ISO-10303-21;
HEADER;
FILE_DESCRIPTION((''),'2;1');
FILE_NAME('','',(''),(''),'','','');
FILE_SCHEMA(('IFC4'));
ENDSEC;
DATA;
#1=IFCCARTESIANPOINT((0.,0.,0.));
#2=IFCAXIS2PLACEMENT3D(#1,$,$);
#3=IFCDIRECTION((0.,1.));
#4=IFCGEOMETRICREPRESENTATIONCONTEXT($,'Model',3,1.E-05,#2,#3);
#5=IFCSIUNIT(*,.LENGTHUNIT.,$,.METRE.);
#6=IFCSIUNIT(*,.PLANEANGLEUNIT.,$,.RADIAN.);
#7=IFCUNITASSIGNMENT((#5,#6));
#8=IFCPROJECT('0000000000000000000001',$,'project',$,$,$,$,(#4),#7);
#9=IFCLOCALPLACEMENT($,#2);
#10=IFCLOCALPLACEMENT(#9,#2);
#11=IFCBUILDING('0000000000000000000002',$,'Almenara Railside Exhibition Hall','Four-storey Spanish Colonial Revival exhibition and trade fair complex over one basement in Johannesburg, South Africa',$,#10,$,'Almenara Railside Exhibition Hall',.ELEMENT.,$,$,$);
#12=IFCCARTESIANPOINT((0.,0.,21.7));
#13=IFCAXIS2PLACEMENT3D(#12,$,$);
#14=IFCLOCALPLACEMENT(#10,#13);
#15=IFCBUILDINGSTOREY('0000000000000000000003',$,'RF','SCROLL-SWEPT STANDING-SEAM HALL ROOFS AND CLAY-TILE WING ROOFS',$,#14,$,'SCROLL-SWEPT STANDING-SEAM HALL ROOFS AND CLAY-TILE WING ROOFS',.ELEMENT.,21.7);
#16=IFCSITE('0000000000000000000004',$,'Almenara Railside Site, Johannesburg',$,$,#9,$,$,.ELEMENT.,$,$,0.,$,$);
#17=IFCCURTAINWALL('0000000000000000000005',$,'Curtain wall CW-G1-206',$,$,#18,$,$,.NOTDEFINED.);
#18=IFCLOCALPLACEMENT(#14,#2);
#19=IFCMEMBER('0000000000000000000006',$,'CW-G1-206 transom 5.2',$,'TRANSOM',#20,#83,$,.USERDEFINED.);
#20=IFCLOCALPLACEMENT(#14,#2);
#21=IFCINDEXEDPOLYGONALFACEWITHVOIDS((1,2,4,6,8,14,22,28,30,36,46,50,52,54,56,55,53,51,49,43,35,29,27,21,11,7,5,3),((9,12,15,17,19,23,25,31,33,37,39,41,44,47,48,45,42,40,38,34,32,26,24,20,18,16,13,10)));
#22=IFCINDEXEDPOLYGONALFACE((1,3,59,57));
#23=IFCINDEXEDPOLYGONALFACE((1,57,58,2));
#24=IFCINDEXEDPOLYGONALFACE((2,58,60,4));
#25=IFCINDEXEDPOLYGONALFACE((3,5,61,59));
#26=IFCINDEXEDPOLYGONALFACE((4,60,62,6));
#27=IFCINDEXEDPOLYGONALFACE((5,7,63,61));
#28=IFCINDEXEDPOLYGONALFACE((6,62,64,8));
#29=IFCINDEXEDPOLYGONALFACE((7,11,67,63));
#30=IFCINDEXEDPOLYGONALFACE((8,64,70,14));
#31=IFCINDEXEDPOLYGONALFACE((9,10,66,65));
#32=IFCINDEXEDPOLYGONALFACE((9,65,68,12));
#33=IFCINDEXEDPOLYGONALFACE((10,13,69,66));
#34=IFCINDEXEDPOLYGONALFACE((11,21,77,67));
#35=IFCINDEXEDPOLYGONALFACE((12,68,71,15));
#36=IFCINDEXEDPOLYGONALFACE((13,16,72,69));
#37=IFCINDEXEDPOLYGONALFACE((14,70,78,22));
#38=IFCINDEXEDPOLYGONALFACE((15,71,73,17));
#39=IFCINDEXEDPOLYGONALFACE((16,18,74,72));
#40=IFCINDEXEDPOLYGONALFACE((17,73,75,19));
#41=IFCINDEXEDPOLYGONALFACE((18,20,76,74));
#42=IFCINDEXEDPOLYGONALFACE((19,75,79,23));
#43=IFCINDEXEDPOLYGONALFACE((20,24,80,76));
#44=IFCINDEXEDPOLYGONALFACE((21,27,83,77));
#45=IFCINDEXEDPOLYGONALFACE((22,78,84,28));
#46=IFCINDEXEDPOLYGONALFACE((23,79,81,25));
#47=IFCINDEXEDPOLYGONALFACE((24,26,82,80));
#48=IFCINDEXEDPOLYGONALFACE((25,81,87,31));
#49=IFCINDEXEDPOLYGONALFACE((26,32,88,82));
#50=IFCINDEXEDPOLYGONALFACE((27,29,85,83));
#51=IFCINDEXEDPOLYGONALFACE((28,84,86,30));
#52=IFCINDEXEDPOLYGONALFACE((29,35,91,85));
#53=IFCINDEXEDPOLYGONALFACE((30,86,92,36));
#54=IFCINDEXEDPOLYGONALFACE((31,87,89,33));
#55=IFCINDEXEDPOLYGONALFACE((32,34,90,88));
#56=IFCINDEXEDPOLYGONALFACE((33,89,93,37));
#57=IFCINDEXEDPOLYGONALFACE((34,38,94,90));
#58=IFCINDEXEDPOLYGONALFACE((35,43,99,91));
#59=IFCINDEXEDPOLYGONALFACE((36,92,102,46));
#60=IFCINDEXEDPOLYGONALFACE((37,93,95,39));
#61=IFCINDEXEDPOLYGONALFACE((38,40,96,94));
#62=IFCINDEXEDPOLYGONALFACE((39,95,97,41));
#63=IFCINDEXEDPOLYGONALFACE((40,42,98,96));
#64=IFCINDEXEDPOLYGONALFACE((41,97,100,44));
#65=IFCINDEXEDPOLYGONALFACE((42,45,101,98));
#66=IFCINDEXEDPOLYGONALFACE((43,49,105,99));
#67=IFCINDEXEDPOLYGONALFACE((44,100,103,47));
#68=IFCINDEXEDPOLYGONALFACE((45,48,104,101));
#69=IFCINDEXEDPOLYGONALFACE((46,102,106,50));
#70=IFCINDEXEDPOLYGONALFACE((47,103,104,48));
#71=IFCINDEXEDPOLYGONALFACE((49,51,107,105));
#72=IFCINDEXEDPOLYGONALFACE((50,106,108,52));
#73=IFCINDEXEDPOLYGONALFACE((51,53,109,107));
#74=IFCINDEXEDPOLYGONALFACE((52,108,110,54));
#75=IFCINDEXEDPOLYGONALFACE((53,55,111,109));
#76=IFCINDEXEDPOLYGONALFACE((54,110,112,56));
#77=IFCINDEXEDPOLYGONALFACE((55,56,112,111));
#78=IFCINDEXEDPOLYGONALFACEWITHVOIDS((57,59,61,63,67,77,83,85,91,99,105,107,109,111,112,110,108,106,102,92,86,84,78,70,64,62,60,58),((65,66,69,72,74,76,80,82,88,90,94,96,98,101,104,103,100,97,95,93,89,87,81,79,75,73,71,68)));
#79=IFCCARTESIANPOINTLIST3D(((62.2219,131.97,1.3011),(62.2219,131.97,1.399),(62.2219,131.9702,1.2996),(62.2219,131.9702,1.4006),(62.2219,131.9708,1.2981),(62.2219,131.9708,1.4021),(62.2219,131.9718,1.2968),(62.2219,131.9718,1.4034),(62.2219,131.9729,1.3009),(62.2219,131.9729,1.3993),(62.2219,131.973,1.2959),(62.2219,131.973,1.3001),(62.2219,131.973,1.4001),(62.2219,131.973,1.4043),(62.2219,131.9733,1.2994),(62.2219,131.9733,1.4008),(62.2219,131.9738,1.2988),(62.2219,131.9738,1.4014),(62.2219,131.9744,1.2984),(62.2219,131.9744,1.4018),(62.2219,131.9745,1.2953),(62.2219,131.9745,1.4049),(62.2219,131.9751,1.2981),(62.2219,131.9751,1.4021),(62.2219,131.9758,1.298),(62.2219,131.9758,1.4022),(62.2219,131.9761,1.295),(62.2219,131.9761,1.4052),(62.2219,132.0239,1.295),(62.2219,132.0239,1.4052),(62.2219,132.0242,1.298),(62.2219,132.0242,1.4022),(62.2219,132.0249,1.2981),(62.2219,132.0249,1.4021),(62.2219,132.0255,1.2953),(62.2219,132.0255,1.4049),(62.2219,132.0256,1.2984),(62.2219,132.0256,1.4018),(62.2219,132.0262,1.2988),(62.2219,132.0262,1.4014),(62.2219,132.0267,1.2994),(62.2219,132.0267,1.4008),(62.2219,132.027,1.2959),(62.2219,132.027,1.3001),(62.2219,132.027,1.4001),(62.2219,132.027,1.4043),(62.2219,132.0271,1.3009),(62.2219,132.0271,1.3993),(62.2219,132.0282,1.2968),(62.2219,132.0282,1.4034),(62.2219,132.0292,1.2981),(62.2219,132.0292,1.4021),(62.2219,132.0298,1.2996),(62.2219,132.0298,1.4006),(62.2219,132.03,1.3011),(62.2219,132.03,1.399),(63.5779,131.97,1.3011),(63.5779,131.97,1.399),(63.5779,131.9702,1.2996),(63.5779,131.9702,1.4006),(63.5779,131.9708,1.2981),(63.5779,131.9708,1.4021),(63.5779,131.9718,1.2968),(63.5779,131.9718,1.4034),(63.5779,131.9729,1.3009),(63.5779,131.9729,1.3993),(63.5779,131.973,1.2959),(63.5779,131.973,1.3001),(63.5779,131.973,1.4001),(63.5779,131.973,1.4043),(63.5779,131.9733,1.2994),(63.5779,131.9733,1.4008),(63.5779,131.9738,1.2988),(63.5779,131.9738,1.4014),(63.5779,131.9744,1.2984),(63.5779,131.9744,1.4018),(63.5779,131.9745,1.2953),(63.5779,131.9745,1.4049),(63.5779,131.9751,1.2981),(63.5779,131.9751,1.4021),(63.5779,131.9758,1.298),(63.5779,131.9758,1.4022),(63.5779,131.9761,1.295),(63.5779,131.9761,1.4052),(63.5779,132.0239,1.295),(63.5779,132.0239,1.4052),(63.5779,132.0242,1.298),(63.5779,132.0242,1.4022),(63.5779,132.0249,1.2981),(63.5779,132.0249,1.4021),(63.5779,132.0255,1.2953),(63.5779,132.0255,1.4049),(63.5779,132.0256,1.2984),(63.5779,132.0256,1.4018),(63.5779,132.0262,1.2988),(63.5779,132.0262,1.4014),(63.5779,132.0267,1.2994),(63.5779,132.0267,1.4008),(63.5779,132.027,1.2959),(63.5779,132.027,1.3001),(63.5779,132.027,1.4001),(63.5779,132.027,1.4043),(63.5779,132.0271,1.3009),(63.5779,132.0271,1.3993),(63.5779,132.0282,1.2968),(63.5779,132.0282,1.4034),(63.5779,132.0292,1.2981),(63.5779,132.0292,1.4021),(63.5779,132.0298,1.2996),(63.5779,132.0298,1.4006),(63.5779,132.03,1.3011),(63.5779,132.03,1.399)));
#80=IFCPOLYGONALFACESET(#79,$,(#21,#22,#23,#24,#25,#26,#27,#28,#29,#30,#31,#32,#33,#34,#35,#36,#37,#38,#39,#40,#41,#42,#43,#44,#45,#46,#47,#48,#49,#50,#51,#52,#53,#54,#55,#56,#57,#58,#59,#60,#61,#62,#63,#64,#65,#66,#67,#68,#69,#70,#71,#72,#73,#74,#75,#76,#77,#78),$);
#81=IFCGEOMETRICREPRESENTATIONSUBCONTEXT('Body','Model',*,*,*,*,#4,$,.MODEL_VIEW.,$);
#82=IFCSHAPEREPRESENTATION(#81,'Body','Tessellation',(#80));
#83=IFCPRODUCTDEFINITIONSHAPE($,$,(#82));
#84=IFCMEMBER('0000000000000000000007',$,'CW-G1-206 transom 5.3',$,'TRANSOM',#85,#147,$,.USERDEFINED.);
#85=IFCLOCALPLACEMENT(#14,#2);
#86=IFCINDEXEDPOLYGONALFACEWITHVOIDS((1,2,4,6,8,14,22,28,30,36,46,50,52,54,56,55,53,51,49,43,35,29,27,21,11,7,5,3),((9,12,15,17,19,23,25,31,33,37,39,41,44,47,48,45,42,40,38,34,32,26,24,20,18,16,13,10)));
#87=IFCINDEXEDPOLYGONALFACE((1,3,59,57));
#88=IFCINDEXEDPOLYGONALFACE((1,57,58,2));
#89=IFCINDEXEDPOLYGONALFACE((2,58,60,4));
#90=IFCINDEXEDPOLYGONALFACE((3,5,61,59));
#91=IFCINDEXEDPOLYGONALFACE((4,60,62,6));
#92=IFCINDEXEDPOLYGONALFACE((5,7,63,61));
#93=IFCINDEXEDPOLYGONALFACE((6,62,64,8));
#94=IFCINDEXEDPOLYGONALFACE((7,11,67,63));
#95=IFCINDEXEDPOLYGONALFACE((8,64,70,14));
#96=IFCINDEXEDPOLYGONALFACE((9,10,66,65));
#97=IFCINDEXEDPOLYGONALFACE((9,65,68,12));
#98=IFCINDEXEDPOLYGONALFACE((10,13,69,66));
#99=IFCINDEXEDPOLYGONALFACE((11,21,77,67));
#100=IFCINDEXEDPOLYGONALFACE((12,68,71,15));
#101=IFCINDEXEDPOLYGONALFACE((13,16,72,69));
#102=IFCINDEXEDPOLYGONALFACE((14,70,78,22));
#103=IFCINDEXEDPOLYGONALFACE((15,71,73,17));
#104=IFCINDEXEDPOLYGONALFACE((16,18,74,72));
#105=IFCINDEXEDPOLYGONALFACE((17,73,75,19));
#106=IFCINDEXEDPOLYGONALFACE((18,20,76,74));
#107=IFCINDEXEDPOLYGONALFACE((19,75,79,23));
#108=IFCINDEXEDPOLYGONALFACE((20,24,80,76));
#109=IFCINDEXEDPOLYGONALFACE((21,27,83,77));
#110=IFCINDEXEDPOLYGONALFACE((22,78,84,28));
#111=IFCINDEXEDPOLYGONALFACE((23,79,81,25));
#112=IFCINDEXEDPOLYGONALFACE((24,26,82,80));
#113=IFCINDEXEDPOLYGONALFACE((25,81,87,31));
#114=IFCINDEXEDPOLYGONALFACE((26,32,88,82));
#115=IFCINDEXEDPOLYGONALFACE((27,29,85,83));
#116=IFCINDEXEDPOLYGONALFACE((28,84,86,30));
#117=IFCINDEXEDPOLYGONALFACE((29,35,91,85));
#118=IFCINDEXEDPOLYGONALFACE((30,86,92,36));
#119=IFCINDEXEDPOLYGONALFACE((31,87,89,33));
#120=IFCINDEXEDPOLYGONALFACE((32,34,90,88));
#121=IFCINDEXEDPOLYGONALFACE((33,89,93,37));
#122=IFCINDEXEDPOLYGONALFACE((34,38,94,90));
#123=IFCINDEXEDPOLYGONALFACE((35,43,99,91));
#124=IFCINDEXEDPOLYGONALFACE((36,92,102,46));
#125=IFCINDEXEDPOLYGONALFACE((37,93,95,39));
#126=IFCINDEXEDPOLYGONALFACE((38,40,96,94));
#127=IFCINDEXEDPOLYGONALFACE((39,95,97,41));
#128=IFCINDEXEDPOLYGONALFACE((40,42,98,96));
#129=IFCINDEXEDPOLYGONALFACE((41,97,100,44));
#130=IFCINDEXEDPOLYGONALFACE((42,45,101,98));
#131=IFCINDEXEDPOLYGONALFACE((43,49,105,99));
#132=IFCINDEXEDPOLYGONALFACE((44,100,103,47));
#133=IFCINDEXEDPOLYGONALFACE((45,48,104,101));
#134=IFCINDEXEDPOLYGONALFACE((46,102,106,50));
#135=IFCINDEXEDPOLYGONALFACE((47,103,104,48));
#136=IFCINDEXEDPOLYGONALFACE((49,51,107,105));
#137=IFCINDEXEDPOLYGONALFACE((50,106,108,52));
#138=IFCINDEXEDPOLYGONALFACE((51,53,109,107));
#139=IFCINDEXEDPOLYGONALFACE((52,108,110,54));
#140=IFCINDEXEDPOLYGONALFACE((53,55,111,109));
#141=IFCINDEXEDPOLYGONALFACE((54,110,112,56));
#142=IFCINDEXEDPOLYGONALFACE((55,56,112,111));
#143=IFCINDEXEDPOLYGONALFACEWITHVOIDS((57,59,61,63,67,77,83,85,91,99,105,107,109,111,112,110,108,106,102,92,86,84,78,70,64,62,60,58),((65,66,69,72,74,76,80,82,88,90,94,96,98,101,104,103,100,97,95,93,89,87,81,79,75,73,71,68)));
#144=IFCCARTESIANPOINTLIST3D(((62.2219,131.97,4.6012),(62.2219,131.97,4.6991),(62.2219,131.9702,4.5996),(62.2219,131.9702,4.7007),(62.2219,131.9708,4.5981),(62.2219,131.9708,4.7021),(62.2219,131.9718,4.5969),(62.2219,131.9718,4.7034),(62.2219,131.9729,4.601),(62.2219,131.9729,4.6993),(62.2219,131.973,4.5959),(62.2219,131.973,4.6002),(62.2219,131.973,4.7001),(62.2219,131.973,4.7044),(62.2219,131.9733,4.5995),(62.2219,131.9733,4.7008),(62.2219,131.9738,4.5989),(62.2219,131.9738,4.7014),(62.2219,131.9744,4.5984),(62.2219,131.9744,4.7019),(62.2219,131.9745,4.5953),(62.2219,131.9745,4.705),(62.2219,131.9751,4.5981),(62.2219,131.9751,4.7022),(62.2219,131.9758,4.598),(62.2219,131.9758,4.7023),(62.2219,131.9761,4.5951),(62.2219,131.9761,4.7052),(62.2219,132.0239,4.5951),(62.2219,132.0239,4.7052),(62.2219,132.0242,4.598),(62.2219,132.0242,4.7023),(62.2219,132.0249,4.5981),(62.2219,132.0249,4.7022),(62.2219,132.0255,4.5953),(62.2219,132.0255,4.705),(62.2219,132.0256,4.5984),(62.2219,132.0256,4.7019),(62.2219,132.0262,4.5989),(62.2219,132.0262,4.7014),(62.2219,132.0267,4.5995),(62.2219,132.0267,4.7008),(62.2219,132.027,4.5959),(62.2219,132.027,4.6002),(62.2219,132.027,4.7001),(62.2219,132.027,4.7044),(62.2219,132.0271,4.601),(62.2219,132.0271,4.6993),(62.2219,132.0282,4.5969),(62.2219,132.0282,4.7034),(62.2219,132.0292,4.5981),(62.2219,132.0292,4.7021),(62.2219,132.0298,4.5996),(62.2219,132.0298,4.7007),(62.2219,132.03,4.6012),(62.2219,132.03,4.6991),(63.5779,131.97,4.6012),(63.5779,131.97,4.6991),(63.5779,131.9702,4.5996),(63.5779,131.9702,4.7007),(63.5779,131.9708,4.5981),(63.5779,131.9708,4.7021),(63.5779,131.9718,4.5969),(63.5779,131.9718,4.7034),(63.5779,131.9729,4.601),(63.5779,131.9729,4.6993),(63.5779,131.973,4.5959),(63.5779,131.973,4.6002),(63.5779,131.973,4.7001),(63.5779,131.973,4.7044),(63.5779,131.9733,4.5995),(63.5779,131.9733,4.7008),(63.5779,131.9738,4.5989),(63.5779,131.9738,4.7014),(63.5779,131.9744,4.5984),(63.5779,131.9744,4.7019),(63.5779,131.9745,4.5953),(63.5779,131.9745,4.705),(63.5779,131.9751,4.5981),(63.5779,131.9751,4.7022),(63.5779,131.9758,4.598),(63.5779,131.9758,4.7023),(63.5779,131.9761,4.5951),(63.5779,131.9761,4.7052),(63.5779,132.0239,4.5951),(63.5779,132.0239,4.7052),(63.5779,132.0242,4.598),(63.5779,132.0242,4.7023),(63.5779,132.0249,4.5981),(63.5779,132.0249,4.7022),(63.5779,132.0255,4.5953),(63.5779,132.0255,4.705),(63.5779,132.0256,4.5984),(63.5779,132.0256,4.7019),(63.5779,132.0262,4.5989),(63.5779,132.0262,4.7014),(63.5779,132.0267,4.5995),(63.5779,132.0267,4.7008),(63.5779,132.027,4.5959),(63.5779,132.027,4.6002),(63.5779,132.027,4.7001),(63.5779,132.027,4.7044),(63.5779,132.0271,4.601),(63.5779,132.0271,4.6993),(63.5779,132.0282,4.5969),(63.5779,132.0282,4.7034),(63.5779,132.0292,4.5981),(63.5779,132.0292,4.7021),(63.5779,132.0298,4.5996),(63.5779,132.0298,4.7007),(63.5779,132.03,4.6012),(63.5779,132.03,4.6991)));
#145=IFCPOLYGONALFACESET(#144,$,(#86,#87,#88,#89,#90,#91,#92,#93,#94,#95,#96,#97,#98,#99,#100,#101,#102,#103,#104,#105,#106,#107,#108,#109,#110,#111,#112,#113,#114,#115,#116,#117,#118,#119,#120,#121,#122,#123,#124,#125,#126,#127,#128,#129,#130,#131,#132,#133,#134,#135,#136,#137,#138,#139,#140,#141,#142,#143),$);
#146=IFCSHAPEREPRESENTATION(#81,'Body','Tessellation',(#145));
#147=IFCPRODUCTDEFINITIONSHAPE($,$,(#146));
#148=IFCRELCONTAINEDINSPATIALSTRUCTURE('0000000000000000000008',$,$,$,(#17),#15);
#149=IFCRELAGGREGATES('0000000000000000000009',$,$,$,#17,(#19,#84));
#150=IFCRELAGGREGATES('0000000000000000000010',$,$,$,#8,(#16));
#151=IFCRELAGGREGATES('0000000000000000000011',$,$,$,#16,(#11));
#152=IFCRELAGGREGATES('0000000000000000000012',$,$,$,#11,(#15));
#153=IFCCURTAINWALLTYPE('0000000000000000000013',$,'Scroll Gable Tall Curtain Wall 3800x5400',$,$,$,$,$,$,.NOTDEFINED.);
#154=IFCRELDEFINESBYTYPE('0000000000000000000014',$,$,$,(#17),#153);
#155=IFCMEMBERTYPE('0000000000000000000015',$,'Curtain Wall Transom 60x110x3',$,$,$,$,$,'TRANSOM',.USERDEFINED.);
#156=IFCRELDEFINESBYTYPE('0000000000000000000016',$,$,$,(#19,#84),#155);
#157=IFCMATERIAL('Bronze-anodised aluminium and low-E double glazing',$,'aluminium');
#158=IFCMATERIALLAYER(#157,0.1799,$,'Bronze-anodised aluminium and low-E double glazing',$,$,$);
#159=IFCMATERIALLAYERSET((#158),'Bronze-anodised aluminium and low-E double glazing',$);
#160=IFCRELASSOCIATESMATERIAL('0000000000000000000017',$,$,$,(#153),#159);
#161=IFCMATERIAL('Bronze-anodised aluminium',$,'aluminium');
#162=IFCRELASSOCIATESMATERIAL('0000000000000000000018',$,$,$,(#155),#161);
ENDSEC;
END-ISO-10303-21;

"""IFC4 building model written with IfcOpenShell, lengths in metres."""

from ifc_helpers import new_model, si_unit, direction, frame, origin, origin_2d, place, context, subcontext, project, spatial, hollow_rectangle, extrude, material, layer, layer_set, material_profile, profile_set, type_object, element, aggregate, save


model = new_model("IFC4")

# Units and contexts
model_context = context("Model", 3, precision=1e-05, world=origin(), true_north=direction((0.0, 1.0)))
body_context = subcontext(model_context, "Body", "Model", "MODEL_VIEW")
ifc_project = project(units=[si_unit("LENGTHUNIT", "METRE"), si_unit("PLANEANGLEUNIT", "RADIAN")], contexts=[model_context])

# Site, building, storey
site_placement = place(None, origin())
site = spatial("IfcSite", under=ifc_project, at=site_placement, Name="Almenara Railside Site, Johannesburg", CompositionType="ELEMENT", RefElevation=0.0)
building_placement = place(site_placement, origin())
building = spatial("IfcBuilding", under=site, at=building_placement, Name="Almenara Railside Exhibition Hall", Description="Four-storey Spanish Colonial Revival exhibition and trade fair complex over one basement in Johannesburg, South Africa", LongName="Almenara Railside Exhibition Hall", CompositionType="ELEMENT")
storey_placement = place(building_placement, frame((0.0, 0.0, 21.7)))
storey = spatial("IfcBuildingStorey", under=building, at=storey_placement, Name="RF", Description="SCROLL-SWEPT STANDING-SEAM HALL ROOFS AND CLAY-TILE WING ROOFS", LongName="SCROLL-SWEPT STANDING-SEAM HALL ROOFS AND CLAY-TILE WING ROOFS", CompositionType="ELEMENT", Elevation=21.7)

# Curtain wall, members
ifc_material_1 = material(Name="Bronze-anodised aluminium and low-E double glazing", Category="aluminium")
ifc_layer_1 = layer(ifc_material_1, 0.1799, Name="Bronze-anodised aluminium and low-E double glazing")
ifc_layer_set_1 = layer_set([ifc_layer_1], Name="Bronze-anodised aluminium and low-E double glazing")
curtain_wall_type = type_object("IfcCurtainWallType", Name="Scroll Gable Tall Curtain Wall 3800x5400", PredefinedType="NOTDEFINED", material=ifc_layer_set_1)
curtain_wall_placement = place(storey_placement, origin())
curtain_wall = element("IfcCurtainWall", 1, at=curtain_wall_placement, inside=storey, type_object=curtain_wall_type, Name="Curtain wall CW-G1-206", PredefinedType="NOTDEFINED")
ifc_material_2 = material(Name="Bronze-anodised aluminium", Category="aluminium")
ifc_material_profile_1 = material_profile(ifc_material_2, hollow_rectangle(XDim=0.0601, YDim=0.1101, WallThickness=0.0029, InnerFilletRadius=0.0029, OuterFilletRadius=0.0061, at=origin_2d()), Name="ALU-TRN 60x110x3")
ifc_profile_set_1 = profile_set([ifc_material_profile_1], Name="Bronze-anodised aluminium")
member_type_1 = type_object("IfcMemberType", Name="Curtain Wall Transom 60x110x3", ElementType="TRANSOM", PredefinedType="USERDEFINED", material=ifc_profile_set_1)
member_1_placement = place(storey_placement, frame((62.2219, 132.0, 1.3501), z_axis=(1.0, 0.0, 0.0), x_axis=(0.0, 1.0, 0.0)))
member_1 = element("IfcMember", 2, at=member_1_placement, type_object=member_type_1, Name="CW-G1-206 transom 5.2", ObjectType="TRANSOM", PredefinedType="USERDEFINED", context=body_context, shape_type="SweptSolid", body=[
    extrude(hollow_rectangle(XDim=0.0601, YDim=0.1101, WallThickness=0.0029, InnerFilletRadius=0.0029, OuterFilletRadius=0.0061, at=origin_2d()), origin(), (0.0, 0.0, 1.0), 1.356),
])
member_2_placement = place(storey_placement, frame((62.2219, 132.0, 4.6501), z_axis=(1.0, 0.0, 0.0), x_axis=(0.0, 1.0, 0.0)))
member_2 = element("IfcMember", 3, at=member_2_placement, type_object=member_type_1, Name="CW-G1-206 transom 5.3", ObjectType="TRANSOM", PredefinedType="USERDEFINED", context=body_context, shape_type="SweptSolid", body=[
    extrude(hollow_rectangle(XDim=0.0601, YDim=0.1101, WallThickness=0.0029, InnerFilletRadius=0.0029, OuterFilletRadius=0.0061, at=origin_2d()), origin(), (0.0, 0.0, 1.0), 1.356),
])

aggregate(curtain_wall, [member_1, member_2])

save(model, "model.ifc")
